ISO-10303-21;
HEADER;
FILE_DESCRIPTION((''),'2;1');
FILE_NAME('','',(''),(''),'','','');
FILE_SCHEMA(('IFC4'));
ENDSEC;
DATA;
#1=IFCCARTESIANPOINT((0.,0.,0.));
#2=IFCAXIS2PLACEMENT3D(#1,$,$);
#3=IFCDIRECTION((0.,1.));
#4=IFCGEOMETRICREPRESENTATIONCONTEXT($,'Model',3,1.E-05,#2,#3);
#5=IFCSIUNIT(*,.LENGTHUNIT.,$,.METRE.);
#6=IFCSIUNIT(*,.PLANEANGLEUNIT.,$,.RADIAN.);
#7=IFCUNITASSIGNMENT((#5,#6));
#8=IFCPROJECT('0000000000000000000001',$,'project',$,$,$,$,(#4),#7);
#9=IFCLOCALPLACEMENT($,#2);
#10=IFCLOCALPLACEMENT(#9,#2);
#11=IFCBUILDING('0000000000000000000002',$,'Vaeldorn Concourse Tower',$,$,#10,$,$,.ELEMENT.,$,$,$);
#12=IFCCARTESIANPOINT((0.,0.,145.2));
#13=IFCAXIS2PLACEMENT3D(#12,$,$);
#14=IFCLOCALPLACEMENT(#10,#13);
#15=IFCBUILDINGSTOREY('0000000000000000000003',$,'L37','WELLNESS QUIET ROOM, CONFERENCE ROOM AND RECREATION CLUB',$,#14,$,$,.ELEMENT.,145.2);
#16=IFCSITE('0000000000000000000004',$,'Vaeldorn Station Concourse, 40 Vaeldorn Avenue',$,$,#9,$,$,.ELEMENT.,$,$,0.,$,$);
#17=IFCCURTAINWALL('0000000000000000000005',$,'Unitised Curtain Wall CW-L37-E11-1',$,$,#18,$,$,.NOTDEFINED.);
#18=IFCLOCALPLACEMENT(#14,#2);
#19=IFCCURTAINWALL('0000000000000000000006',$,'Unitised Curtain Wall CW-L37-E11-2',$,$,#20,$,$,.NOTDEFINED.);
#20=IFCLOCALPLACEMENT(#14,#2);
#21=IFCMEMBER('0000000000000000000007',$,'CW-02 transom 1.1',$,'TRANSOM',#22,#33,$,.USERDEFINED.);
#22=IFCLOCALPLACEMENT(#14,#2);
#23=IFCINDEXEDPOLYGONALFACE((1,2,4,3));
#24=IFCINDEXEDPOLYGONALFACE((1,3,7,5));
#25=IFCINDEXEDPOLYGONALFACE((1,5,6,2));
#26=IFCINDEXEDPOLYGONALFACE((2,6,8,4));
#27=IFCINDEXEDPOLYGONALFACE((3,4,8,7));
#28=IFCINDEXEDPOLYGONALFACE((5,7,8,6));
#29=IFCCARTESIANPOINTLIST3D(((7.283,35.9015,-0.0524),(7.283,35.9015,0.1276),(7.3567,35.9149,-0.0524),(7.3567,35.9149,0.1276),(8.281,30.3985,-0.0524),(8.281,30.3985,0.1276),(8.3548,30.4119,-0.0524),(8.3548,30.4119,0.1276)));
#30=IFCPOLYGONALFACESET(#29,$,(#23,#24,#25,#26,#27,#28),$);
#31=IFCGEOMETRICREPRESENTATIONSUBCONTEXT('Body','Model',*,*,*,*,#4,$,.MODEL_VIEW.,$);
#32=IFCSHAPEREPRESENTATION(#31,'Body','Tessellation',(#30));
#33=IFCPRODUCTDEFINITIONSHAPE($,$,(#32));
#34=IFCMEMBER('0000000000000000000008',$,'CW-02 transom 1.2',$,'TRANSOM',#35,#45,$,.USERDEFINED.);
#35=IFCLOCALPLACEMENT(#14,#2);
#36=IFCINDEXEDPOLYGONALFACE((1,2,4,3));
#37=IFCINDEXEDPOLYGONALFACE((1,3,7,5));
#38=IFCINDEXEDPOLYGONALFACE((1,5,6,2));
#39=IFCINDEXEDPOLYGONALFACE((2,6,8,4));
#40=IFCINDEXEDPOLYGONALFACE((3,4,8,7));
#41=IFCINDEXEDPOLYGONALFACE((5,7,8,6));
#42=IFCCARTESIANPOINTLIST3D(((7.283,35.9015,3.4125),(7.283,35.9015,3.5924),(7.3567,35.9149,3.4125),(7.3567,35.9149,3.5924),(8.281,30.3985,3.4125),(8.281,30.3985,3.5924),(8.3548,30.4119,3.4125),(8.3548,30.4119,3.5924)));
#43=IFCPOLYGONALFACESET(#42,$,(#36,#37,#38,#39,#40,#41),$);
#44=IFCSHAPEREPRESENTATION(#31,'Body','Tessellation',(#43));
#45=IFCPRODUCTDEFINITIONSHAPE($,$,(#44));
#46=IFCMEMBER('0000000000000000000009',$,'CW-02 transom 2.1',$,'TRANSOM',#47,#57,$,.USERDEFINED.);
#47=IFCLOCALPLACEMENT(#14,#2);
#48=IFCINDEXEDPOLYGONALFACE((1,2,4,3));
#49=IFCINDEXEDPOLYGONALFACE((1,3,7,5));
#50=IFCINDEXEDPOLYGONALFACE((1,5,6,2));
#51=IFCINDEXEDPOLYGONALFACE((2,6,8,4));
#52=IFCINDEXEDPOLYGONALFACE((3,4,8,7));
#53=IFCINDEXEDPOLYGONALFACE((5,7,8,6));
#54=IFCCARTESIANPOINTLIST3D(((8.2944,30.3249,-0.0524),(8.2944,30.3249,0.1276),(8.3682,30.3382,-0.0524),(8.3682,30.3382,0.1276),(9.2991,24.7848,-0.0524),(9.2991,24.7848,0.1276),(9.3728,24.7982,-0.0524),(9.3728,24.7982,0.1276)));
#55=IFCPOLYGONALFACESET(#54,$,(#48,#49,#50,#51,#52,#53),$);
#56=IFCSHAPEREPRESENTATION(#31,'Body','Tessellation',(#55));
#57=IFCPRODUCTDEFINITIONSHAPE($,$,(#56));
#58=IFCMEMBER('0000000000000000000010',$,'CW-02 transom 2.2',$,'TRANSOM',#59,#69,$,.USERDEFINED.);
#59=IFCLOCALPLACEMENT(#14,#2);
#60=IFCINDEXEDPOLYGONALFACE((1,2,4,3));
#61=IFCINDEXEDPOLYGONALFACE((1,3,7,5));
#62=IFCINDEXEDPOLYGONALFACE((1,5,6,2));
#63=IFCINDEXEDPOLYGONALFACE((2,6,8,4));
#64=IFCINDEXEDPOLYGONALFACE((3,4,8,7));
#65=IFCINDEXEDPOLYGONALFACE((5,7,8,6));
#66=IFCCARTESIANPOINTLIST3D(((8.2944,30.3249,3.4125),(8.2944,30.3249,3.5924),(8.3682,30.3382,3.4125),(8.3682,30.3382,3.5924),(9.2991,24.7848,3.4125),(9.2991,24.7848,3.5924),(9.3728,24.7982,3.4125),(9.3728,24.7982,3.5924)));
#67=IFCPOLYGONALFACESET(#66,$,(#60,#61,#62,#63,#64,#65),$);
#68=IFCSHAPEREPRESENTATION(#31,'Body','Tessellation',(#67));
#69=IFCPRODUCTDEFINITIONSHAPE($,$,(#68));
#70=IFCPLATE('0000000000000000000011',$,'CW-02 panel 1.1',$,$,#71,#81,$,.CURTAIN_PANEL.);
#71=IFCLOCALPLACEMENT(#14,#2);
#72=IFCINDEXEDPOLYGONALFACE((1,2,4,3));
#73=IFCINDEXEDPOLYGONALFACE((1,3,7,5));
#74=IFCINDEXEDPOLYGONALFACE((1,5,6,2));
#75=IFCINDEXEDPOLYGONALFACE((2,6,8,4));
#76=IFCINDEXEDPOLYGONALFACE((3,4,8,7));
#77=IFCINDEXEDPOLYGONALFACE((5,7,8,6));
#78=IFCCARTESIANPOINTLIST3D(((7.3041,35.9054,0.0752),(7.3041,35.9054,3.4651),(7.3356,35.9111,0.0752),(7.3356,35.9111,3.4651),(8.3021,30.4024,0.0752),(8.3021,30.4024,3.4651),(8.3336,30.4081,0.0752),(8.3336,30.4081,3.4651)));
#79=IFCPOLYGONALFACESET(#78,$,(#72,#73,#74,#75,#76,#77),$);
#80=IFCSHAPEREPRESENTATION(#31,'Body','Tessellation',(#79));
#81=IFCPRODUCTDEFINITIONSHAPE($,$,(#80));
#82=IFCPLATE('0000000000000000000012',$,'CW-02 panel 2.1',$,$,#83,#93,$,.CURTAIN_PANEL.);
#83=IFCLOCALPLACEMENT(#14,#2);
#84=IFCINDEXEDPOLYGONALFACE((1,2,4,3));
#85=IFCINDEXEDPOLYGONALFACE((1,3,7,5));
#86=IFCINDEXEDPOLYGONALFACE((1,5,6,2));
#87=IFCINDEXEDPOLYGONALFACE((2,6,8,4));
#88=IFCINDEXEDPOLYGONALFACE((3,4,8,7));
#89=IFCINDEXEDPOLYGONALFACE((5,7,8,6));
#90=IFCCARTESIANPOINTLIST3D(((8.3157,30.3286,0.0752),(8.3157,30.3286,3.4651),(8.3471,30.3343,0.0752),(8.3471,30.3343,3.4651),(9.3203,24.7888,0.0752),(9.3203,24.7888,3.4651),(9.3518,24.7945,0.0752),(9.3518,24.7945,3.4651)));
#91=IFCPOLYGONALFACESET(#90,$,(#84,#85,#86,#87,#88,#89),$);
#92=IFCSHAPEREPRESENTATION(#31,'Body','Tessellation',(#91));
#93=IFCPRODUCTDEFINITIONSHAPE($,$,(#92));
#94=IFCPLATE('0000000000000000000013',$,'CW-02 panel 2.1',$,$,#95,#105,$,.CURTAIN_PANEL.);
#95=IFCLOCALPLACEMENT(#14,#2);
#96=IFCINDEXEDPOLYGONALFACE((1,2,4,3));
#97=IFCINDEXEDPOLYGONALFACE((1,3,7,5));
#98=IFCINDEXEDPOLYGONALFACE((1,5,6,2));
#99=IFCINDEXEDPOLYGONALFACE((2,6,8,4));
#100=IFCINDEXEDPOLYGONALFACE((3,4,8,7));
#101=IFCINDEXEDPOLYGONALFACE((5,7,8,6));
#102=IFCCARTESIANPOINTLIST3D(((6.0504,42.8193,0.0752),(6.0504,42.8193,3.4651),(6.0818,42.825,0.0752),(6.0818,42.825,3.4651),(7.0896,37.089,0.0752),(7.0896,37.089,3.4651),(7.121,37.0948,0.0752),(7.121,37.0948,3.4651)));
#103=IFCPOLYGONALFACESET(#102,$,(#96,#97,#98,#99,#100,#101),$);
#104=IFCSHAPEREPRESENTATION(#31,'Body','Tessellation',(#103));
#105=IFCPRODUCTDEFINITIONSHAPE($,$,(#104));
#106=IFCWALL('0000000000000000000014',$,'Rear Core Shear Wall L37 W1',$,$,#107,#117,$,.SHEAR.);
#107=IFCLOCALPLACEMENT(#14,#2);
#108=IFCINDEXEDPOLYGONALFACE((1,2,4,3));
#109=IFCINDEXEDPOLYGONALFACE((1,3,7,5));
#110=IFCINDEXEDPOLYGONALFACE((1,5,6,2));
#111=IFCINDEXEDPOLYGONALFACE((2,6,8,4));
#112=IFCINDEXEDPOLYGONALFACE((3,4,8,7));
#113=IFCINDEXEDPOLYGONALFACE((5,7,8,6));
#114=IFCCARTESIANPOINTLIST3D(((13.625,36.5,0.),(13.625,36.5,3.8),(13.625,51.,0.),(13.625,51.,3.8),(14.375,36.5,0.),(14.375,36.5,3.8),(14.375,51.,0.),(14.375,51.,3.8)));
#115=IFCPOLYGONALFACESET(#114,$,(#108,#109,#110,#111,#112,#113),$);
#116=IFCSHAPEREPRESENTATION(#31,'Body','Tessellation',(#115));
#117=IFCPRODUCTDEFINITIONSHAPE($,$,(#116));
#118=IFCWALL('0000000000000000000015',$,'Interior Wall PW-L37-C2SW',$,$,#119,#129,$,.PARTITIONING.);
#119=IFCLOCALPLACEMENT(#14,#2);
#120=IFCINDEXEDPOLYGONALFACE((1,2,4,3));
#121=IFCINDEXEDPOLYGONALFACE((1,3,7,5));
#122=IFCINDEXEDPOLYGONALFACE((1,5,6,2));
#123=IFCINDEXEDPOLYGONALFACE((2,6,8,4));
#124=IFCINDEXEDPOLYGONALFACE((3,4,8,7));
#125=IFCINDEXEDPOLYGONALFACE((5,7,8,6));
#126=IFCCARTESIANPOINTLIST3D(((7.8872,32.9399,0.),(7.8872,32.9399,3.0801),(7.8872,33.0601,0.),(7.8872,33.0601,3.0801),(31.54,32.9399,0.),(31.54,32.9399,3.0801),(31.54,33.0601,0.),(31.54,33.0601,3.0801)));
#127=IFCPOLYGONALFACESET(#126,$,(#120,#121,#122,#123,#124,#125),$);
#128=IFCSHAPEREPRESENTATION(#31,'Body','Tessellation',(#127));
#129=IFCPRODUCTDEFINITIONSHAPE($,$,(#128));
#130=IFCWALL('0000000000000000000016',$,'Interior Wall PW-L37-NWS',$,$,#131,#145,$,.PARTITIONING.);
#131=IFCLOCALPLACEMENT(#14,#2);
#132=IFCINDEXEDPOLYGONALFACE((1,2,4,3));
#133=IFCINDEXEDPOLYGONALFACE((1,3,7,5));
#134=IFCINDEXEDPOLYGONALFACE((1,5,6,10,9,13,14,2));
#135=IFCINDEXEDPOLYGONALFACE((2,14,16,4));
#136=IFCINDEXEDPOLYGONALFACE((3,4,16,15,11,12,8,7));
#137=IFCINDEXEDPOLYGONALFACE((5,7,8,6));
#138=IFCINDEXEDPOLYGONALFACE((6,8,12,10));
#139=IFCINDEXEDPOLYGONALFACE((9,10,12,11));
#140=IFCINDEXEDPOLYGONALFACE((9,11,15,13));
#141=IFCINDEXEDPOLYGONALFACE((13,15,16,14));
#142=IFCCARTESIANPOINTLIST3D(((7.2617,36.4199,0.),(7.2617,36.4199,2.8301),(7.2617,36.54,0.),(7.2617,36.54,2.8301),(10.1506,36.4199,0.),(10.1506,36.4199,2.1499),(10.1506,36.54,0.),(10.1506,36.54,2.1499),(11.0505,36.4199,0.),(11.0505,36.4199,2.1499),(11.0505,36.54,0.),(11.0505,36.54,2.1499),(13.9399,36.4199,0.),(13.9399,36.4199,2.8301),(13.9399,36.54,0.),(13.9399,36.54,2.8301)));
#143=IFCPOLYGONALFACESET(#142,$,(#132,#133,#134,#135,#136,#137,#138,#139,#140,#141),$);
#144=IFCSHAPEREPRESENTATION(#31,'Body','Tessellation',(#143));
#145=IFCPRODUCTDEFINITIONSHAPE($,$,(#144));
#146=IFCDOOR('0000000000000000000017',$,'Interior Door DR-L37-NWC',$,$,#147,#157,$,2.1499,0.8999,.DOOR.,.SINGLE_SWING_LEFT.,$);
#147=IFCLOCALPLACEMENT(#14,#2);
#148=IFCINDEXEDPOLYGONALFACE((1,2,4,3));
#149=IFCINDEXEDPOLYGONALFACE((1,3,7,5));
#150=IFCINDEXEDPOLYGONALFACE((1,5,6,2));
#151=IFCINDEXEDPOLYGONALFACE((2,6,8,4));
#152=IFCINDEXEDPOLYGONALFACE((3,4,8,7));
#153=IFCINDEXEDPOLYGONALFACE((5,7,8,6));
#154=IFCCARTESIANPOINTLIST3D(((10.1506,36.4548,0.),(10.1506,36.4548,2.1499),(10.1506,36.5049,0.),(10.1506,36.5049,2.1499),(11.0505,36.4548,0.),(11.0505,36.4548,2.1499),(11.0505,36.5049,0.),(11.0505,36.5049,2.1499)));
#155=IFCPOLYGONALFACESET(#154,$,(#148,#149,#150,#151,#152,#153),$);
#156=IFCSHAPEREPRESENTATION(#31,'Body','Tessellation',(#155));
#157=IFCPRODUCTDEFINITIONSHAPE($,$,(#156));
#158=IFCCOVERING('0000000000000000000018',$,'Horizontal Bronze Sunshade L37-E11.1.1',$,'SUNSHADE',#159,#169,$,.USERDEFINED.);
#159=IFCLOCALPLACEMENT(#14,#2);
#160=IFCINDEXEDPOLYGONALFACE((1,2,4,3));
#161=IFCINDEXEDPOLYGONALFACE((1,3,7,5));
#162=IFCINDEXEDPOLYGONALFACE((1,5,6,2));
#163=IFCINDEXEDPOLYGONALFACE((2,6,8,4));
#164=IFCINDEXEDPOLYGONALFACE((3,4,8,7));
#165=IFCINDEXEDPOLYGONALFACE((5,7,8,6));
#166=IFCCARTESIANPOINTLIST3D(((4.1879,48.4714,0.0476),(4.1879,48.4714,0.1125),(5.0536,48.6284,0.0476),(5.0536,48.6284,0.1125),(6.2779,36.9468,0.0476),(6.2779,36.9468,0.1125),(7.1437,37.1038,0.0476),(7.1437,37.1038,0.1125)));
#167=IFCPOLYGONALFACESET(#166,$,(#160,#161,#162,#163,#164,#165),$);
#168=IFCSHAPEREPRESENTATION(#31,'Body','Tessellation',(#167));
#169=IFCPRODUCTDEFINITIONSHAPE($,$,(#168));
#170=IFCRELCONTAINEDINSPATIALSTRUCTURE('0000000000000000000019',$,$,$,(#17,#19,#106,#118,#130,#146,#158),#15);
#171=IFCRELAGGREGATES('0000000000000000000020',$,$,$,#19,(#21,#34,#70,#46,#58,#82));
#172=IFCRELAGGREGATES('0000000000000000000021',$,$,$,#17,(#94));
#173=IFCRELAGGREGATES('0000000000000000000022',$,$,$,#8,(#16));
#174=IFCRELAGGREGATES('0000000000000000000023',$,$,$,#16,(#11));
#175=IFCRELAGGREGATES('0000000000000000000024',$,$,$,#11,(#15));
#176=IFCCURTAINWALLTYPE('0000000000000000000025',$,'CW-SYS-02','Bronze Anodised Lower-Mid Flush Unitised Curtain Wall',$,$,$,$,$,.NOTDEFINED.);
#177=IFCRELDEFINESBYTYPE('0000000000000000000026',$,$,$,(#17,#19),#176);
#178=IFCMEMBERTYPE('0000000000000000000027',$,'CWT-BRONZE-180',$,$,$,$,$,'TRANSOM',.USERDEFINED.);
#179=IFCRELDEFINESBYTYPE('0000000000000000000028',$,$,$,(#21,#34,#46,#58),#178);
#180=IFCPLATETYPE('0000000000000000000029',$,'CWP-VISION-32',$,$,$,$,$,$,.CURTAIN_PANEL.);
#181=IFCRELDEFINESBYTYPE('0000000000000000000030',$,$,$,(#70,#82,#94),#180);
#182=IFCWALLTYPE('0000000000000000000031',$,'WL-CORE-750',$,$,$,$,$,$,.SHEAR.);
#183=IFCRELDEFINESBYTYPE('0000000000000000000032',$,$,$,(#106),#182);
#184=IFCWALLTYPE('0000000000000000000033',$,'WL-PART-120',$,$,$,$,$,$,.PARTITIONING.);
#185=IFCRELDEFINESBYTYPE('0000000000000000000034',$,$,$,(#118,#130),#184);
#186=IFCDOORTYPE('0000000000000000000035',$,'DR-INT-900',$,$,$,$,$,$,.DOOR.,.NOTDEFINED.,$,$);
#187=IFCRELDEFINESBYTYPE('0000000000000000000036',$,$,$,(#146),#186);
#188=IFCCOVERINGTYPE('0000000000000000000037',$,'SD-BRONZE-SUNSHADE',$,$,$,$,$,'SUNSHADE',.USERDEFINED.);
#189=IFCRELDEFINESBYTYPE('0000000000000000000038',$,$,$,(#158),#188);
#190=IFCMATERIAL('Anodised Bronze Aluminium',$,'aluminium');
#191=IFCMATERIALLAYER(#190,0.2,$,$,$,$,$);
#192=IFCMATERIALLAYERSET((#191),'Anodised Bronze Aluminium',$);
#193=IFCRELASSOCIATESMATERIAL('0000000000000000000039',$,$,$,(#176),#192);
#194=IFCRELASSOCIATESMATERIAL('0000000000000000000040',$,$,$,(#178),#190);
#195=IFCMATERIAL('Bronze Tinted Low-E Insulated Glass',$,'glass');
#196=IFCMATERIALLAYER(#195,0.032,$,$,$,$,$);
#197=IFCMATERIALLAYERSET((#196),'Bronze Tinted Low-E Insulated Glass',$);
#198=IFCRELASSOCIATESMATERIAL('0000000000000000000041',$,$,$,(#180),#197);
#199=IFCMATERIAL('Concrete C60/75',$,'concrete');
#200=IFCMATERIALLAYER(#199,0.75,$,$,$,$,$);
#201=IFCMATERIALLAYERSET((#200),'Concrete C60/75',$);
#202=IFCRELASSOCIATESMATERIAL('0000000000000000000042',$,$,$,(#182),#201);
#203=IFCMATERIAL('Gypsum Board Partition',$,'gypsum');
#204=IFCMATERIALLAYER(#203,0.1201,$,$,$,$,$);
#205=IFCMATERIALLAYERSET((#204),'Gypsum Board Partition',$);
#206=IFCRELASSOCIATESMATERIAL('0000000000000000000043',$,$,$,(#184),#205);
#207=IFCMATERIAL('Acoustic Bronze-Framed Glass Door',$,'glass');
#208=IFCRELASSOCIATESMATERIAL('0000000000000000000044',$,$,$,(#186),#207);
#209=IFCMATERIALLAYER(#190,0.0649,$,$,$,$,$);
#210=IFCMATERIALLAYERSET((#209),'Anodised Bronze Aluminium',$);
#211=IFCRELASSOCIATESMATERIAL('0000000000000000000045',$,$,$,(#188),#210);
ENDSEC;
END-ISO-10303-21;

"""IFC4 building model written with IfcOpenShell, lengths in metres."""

from ifc_helpers import new_model, si_unit, direction, frame, frame_2d, origin, origin_2d, place, context, subcontext, project, spatial, rectangle, extrude, source, transform, mapped, material, layer, layer_set, material_profile, profile_set, type_object, element, fill, aggregate, save


model = new_model("IFC4")

# Units and contexts
model_context = context("Model", 3, precision=1e-05, world=origin(), true_north=direction((0.0, 1.0)))
body_context = subcontext(model_context, "Body", "Model", "MODEL_VIEW")
ifc_project = project(units=[si_unit("LENGTHUNIT", "METRE"), si_unit("PLANEANGLEUNIT", "RADIAN")], contexts=[model_context])

# Site, building, storey
site_placement = place(None, origin())
site = spatial("IfcSite", under=ifc_project, at=site_placement, Name="Vaeldorn Station Concourse, 40 Vaeldorn Avenue", CompositionType="ELEMENT", RefElevation=0.0)
building_placement = place(site_placement, origin())
building = spatial("IfcBuilding", under=site, at=building_placement, Name="Vaeldorn Concourse Tower", CompositionType="ELEMENT")
storey_placement = place(building_placement, frame((0.0, 0.0, 145.2)))
storey = spatial("IfcBuildingStorey", under=building, at=storey_placement, Name="L37", Description="WELLNESS QUIET ROOM, CONFERENCE ROOM AND RECREATION CLUB", CompositionType="ELEMENT", Elevation=145.2)

# Curtain wall
ifc_material_1 = material(Name="Anodised Bronze Aluminium", Category="aluminium")
ifc_layer_1 = layer(ifc_material_1, 0.2)
ifc_layer_set_1 = layer_set([ifc_layer_1], Name="Anodised Bronze Aluminium")
curtain_wall_type = type_object("IfcCurtainWallType", Name="CW-SYS-02", Description="Bronze Anodised Lower-Mid Flush Unitised Curtain Wall", PredefinedType="NOTDEFINED", material=ifc_layer_set_1)
curtain_wall_1_placement = place(storey_placement, origin())
curtain_wall_1 = element("IfcCurtainWall", 1, at=curtain_wall_1_placement, inside=storey, type_object=curtain_wall_type, Name="Unitised Curtain Wall CW-L37-E11-1", PredefinedType="NOTDEFINED")

# Curtain wall, members, plates
curtain_wall_2_placement = place(storey_placement, origin())
curtain_wall_2 = element("IfcCurtainWall", 2, at=curtain_wall_2_placement, inside=storey, type_object=curtain_wall_type, Name="Unitised Curtain Wall CW-L37-E11-2", PredefinedType="NOTDEFINED")
ifc_material_profile_1 = material_profile(ifc_material_1, rectangle(XDim=0.075, YDim=0.1799, at=origin_2d()), Name="CWT 75x180")
ifc_profile_set_1 = profile_set([ifc_material_profile_1], Name="Anodised Bronze Aluminium")
member_type_1 = type_object("IfcMemberType", Name="CWT-BRONZE-180", ElementType="TRANSOM", PredefinedType="USERDEFINED", material=ifc_profile_set_1)
shared_shape_1 = source(origin(), body_context, "Body", "SweptSolid", [
    extrude(rectangle(XDim=0.075, YDim=0.1799, at=origin_2d()), origin(), (0.0, 0.0, 1.0), 5.5928),
])
member_1_placement = place(storey_placement, frame((7.3198, 35.9082, 0.0376), z_axis=(0.178455, -0.983948, 0.0), x_axis=(0.983948, 0.178455, 0.0)))
member_1 = element("IfcMember", 3, at=member_1_placement, type_object=member_type_1, Name="CW-02 transom 1.1", ObjectType="TRANSOM", PredefinedType="USERDEFINED", context=body_context, shape_type="MappedRepresentation", body=[
    mapped(shared_shape_1, transform((0.0, 0.0, 0.0), scale=1.0)),
])
member_2_placement = place(storey_placement, frame((7.3198, 35.9082, 3.5024), z_axis=(0.178455, -0.983948, 0.0), x_axis=(0.983948, 0.178455, 0.0)))
member_2 = element("IfcMember", 4, at=member_2_placement, type_object=member_type_1, Name="CW-02 transom 1.2", ObjectType="TRANSOM", PredefinedType="USERDEFINED", context=body_context, shape_type="MappedRepresentation", body=[
    mapped(shared_shape_1, transform((0.0, 0.0, 0.0), scale=1.0)),
])
shared_shape_2 = source(origin(), body_context, "Body", "SweptSolid", [
    extrude(rectangle(XDim=0.075, YDim=0.1799, at=origin_2d()), origin(), (0.0, 0.0, 1.0), 5.6304),
])
member_3_placement = place(storey_placement, frame((8.3313, 30.3315, 0.0376), z_axis=(0.178431, -0.983952, 0.0), x_axis=(0.983952, 0.178431, 0.0)))
member_3 = element("IfcMember", 5, at=member_3_placement, type_object=member_type_1, Name="CW-02 transom 2.1", ObjectType="TRANSOM", PredefinedType="USERDEFINED", context=body_context, shape_type="MappedRepresentation", body=[
    mapped(shared_shape_2, transform((0.0, 0.0, 0.0), scale=1.0)),
])
member_4_placement = place(storey_placement, frame((8.3313, 30.3315, 3.5024), z_axis=(0.178431, -0.983952, 0.0), x_axis=(0.983952, 0.178431, 0.0)))
member_4 = element("IfcMember", 6, at=member_4_placement, type_object=member_type_1, Name="CW-02 transom 2.2", ObjectType="TRANSOM", PredefinedType="USERDEFINED", context=body_context, shape_type="MappedRepresentation", body=[
    mapped(shared_shape_2, transform((0.0, 0.0, 0.0), scale=1.0)),
])
ifc_material_2 = material(Name="Bronze Tinted Low-E Insulated Glass", Category="glass")
ifc_layer_2 = layer(ifc_material_2, 0.032)
ifc_layer_set_2 = layer_set([ifc_layer_2], Name="Bronze Tinted Low-E Insulated Glass")
plate_type = type_object("IfcPlateType", Name="CWP-VISION-32", PredefinedType="CURTAIN_PANEL", material=ifc_layer_set_2)
shared_shape_3 = source(origin(), body_context, "Body", "SweptSolid", [
    extrude(rectangle(XDim=5.5928, YDim=0.032, at=origin_2d()), origin(), (0.0, 0.0, 1.0), 3.3899),
])
plate_1_placement = place(storey_placement, frame((7.8188, 33.1567, 0.0752), z_axis=(0.0, 0.0, 1.0), x_axis=(0.178447, -0.98395, 0.0)))
plate_1 = element("IfcPlate", 7, at=plate_1_placement, type_object=plate_type, Name="CW-02 panel 1.1", PredefinedType="CURTAIN_PANEL", context=body_context, shape_type="MappedRepresentation", body=[
    mapped(shared_shape_3, transform((0.0, 0.0, 0.0), scale=1.0)),
])
shared_shape_4 = source(origin(), body_context, "Body", "SweptSolid", [
    extrude(rectangle(XDim=5.6301, YDim=0.032, at=origin_2d()), origin(), (0.0, 0.0, 1.0), 3.3899),
])
plate_2_placement = place(storey_placement, frame((8.8337, 27.5615, 0.0752), z_axis=(0.0, 0.0, 1.0), x_axis=(0.178447, -0.98395, 0.0)))
plate_2 = element("IfcPlate", 8, at=plate_2_placement, type_object=plate_type, Name="CW-02 panel 2.1", PredefinedType="CURTAIN_PANEL", context=body_context, shape_type="MappedRepresentation", body=[
    mapped(shared_shape_4, transform((0.0, 0.0, 0.0), scale=1.0)),
])
aggregate(curtain_wall_2, [member_1, member_2, plate_1, member_3, member_4, plate_2])

# Plate
shared_shape_5 = source(origin(), body_context, "Body", "SweptSolid", [
    extrude(rectangle(XDim=5.8237, YDim=0.032, at=origin_2d()), origin(), (0.0, 0.0, 1.0), 3.3899),
])
plate_3_placement = place(storey_placement, frame((6.5857, 39.957, 0.0752), z_axis=(0.0, 0.0, 1.0), x_axis=(0.178445, -0.98395, 0.0)))
plate_3 = element("IfcPlate", 9, at=plate_3_placement, type_object=plate_type, Name="CW-02 panel 2.1", PredefinedType="CURTAIN_PANEL", context=body_context, shape_type="MappedRepresentation", body=[
    mapped(shared_shape_5, transform((0.0, 0.0, 0.0), scale=1.0)),
])
aggregate(curtain_wall_1, [plate_3])

# Walls
ifc_material_3 = material(Name="Concrete C60/75", Category="concrete")
ifc_layer_3 = layer(ifc_material_3, 0.75)
ifc_layer_set_3 = layer_set([ifc_layer_3], Name="Concrete C60/75")
wall_type_1 = type_object("IfcWallType", Name="WL-CORE-750", PredefinedType="SHEAR", material=ifc_layer_set_3)
wall_1_placement = place(storey_placement, frame((14.0, 36.5, 0.0), z_axis=(0.0, 0.0, 1.0), x_axis=(0.0, 1.0, 0.0)))
element("IfcWall", 10, at=wall_1_placement, inside=storey, type_object=wall_type_1, Name="Rear Core Shear Wall L37 W1", PredefinedType="SHEAR", context=body_context, shape_type="SweptSolid", body=[
    extrude(rectangle(XDim=14.5, YDim=0.75, at=frame_2d((7.25, 0.0))), origin(), (0.0, 0.0, 1.0), 3.8),
])
ifc_material_4 = material(Name="Gypsum Board Partition", Category="gypsum")
ifc_layer_4 = layer(ifc_material_4, 0.1201)
ifc_layer_set_4 = layer_set([ifc_layer_4], Name="Gypsum Board Partition")
wall_type_2 = type_object("IfcWallType", Name="WL-PART-120", PredefinedType="PARTITIONING", material=ifc_layer_set_4)
wall_2_placement = place(storey_placement, frame((7.8872, 33.0, 0.0), z_axis=(0.0, 0.0, 1.0), x_axis=(1.0, 0.0, 0.0)))
element("IfcWall", 11, at=wall_2_placement, inside=storey, type_object=wall_type_2, Name="Interior Wall PW-L37-C2SW", PredefinedType="PARTITIONING", context=body_context, shape_type="SweptSolid", body=[
    extrude(rectangle(XDim=23.6528, YDim=0.1201, at=frame_2d((11.8264, 0.0))), origin(), (0.0, 0.0, 1.0), 3.0801),
])

# Wall, opening, door
wall_3_placement = place(storey_placement, frame((7.2617, 36.48, 0.0), z_axis=(0.0, 0.0, 1.0), x_axis=(1.0, 0.0, 0.0)))
wall_3 = element("IfcWall", 12, at=wall_3_placement, inside=storey, type_object=wall_type_2, Name="Interior Wall PW-L37-NWS", PredefinedType="PARTITIONING", context=body_context, shape_type="SweptSolid", body=[
    extrude(rectangle(XDim=6.6782, YDim=0.1201, at=frame_2d((3.3391, 0.0))), origin(), (0.0, 0.0, 1.0), 2.8301),
])
opening_placement = place(wall_3_placement, frame((2.8889, 0.0, 0.0)))
opening = element("IfcOpeningElement", 13, at=opening_placement, cuts=wall_3, PredefinedType="OPENING", context=body_context, shape_type="SweptSolid", body=[
    extrude(rectangle(XDim=0.8999, YDim=2.1499, at=frame_2d((0.45, 1.075))), frame((0.0, 0.0701, 0.0), z_axis=(0.0, -1.0, 0.0), x_axis=(1.0, 0.0, 0.0)), (0.0, 0.0, 1.0), 0.1401),
])
ifc_material_5 = material(Name="Acoustic Bronze-Framed Glass Door", Category="glass")
door_type = type_object("IfcDoorType", Name="DR-INT-900", OperationType="NOTDEFINED", PredefinedType="DOOR", material=ifc_material_5)
shared_shape_6 = source(origin(), body_context, "Body", "SweptSolid", [
    extrude(rectangle(XDim=0.8999, YDim=2.1499, at=frame_2d((0.45, 1.075))), frame((0.0, 0.0249, 0.0), z_axis=(0.0, -1.0, 0.0), x_axis=(1.0, 0.0, 0.0)), (0.0, 0.0, 1.0), 0.05),
])
door_placement = place(opening_placement, origin())
door = element("IfcDoor", 14, at=door_placement, inside=storey, type_object=door_type, Name="Interior Door DR-L37-NWC", OperationType="SINGLE_SWING_LEFT", OverallHeight=2.1499, OverallWidth=0.8999, PredefinedType="DOOR", context=body_context, shape_type="MappedRepresentation", body=[
    mapped(shared_shape_6, transform((0.0, 0.0, 0.0), scale=1.0)),
])
fill(opening, door)

# Covering
ifc_layer_5 = layer(ifc_material_1, 0.0649)
ifc_layer_set_5 = layer_set([ifc_layer_5], Name="Anodised Bronze Aluminium")
covering_type = type_object("IfcCoveringType", Name="SD-BRONZE-SUNSHADE", ElementType="SUNSHADE", PredefinedType="USERDEFINED", material=ifc_layer_set_5)
shared_shape_7 = source(origin(), body_context, "Body", "SweptSolid", [
    extrude(rectangle(XDim=11.7126, YDim=0.8799, at=origin_2d()), origin(), (0.0, 0.0, 1.0), 0.0649),
])
covering_placement = place(storey_placement, frame((5.6658, 42.7876, 0.0476), z_axis=(0.0, 0.0, 1.0), x_axis=(0.178442, -0.983951, 0.0)))
element("IfcCovering", 15, at=covering_placement, inside=storey, type_object=covering_type, Name="Horizontal Bronze Sunshade L37-E11.1.1", ObjectType="SUNSHADE", PredefinedType="USERDEFINED", context=body_context, shape_type="MappedRepresentation", body=[
    mapped(shared_shape_7, transform((0.0, 0.0, 0.0), scale=1.0)),
])

save(model, "model.ifc")
